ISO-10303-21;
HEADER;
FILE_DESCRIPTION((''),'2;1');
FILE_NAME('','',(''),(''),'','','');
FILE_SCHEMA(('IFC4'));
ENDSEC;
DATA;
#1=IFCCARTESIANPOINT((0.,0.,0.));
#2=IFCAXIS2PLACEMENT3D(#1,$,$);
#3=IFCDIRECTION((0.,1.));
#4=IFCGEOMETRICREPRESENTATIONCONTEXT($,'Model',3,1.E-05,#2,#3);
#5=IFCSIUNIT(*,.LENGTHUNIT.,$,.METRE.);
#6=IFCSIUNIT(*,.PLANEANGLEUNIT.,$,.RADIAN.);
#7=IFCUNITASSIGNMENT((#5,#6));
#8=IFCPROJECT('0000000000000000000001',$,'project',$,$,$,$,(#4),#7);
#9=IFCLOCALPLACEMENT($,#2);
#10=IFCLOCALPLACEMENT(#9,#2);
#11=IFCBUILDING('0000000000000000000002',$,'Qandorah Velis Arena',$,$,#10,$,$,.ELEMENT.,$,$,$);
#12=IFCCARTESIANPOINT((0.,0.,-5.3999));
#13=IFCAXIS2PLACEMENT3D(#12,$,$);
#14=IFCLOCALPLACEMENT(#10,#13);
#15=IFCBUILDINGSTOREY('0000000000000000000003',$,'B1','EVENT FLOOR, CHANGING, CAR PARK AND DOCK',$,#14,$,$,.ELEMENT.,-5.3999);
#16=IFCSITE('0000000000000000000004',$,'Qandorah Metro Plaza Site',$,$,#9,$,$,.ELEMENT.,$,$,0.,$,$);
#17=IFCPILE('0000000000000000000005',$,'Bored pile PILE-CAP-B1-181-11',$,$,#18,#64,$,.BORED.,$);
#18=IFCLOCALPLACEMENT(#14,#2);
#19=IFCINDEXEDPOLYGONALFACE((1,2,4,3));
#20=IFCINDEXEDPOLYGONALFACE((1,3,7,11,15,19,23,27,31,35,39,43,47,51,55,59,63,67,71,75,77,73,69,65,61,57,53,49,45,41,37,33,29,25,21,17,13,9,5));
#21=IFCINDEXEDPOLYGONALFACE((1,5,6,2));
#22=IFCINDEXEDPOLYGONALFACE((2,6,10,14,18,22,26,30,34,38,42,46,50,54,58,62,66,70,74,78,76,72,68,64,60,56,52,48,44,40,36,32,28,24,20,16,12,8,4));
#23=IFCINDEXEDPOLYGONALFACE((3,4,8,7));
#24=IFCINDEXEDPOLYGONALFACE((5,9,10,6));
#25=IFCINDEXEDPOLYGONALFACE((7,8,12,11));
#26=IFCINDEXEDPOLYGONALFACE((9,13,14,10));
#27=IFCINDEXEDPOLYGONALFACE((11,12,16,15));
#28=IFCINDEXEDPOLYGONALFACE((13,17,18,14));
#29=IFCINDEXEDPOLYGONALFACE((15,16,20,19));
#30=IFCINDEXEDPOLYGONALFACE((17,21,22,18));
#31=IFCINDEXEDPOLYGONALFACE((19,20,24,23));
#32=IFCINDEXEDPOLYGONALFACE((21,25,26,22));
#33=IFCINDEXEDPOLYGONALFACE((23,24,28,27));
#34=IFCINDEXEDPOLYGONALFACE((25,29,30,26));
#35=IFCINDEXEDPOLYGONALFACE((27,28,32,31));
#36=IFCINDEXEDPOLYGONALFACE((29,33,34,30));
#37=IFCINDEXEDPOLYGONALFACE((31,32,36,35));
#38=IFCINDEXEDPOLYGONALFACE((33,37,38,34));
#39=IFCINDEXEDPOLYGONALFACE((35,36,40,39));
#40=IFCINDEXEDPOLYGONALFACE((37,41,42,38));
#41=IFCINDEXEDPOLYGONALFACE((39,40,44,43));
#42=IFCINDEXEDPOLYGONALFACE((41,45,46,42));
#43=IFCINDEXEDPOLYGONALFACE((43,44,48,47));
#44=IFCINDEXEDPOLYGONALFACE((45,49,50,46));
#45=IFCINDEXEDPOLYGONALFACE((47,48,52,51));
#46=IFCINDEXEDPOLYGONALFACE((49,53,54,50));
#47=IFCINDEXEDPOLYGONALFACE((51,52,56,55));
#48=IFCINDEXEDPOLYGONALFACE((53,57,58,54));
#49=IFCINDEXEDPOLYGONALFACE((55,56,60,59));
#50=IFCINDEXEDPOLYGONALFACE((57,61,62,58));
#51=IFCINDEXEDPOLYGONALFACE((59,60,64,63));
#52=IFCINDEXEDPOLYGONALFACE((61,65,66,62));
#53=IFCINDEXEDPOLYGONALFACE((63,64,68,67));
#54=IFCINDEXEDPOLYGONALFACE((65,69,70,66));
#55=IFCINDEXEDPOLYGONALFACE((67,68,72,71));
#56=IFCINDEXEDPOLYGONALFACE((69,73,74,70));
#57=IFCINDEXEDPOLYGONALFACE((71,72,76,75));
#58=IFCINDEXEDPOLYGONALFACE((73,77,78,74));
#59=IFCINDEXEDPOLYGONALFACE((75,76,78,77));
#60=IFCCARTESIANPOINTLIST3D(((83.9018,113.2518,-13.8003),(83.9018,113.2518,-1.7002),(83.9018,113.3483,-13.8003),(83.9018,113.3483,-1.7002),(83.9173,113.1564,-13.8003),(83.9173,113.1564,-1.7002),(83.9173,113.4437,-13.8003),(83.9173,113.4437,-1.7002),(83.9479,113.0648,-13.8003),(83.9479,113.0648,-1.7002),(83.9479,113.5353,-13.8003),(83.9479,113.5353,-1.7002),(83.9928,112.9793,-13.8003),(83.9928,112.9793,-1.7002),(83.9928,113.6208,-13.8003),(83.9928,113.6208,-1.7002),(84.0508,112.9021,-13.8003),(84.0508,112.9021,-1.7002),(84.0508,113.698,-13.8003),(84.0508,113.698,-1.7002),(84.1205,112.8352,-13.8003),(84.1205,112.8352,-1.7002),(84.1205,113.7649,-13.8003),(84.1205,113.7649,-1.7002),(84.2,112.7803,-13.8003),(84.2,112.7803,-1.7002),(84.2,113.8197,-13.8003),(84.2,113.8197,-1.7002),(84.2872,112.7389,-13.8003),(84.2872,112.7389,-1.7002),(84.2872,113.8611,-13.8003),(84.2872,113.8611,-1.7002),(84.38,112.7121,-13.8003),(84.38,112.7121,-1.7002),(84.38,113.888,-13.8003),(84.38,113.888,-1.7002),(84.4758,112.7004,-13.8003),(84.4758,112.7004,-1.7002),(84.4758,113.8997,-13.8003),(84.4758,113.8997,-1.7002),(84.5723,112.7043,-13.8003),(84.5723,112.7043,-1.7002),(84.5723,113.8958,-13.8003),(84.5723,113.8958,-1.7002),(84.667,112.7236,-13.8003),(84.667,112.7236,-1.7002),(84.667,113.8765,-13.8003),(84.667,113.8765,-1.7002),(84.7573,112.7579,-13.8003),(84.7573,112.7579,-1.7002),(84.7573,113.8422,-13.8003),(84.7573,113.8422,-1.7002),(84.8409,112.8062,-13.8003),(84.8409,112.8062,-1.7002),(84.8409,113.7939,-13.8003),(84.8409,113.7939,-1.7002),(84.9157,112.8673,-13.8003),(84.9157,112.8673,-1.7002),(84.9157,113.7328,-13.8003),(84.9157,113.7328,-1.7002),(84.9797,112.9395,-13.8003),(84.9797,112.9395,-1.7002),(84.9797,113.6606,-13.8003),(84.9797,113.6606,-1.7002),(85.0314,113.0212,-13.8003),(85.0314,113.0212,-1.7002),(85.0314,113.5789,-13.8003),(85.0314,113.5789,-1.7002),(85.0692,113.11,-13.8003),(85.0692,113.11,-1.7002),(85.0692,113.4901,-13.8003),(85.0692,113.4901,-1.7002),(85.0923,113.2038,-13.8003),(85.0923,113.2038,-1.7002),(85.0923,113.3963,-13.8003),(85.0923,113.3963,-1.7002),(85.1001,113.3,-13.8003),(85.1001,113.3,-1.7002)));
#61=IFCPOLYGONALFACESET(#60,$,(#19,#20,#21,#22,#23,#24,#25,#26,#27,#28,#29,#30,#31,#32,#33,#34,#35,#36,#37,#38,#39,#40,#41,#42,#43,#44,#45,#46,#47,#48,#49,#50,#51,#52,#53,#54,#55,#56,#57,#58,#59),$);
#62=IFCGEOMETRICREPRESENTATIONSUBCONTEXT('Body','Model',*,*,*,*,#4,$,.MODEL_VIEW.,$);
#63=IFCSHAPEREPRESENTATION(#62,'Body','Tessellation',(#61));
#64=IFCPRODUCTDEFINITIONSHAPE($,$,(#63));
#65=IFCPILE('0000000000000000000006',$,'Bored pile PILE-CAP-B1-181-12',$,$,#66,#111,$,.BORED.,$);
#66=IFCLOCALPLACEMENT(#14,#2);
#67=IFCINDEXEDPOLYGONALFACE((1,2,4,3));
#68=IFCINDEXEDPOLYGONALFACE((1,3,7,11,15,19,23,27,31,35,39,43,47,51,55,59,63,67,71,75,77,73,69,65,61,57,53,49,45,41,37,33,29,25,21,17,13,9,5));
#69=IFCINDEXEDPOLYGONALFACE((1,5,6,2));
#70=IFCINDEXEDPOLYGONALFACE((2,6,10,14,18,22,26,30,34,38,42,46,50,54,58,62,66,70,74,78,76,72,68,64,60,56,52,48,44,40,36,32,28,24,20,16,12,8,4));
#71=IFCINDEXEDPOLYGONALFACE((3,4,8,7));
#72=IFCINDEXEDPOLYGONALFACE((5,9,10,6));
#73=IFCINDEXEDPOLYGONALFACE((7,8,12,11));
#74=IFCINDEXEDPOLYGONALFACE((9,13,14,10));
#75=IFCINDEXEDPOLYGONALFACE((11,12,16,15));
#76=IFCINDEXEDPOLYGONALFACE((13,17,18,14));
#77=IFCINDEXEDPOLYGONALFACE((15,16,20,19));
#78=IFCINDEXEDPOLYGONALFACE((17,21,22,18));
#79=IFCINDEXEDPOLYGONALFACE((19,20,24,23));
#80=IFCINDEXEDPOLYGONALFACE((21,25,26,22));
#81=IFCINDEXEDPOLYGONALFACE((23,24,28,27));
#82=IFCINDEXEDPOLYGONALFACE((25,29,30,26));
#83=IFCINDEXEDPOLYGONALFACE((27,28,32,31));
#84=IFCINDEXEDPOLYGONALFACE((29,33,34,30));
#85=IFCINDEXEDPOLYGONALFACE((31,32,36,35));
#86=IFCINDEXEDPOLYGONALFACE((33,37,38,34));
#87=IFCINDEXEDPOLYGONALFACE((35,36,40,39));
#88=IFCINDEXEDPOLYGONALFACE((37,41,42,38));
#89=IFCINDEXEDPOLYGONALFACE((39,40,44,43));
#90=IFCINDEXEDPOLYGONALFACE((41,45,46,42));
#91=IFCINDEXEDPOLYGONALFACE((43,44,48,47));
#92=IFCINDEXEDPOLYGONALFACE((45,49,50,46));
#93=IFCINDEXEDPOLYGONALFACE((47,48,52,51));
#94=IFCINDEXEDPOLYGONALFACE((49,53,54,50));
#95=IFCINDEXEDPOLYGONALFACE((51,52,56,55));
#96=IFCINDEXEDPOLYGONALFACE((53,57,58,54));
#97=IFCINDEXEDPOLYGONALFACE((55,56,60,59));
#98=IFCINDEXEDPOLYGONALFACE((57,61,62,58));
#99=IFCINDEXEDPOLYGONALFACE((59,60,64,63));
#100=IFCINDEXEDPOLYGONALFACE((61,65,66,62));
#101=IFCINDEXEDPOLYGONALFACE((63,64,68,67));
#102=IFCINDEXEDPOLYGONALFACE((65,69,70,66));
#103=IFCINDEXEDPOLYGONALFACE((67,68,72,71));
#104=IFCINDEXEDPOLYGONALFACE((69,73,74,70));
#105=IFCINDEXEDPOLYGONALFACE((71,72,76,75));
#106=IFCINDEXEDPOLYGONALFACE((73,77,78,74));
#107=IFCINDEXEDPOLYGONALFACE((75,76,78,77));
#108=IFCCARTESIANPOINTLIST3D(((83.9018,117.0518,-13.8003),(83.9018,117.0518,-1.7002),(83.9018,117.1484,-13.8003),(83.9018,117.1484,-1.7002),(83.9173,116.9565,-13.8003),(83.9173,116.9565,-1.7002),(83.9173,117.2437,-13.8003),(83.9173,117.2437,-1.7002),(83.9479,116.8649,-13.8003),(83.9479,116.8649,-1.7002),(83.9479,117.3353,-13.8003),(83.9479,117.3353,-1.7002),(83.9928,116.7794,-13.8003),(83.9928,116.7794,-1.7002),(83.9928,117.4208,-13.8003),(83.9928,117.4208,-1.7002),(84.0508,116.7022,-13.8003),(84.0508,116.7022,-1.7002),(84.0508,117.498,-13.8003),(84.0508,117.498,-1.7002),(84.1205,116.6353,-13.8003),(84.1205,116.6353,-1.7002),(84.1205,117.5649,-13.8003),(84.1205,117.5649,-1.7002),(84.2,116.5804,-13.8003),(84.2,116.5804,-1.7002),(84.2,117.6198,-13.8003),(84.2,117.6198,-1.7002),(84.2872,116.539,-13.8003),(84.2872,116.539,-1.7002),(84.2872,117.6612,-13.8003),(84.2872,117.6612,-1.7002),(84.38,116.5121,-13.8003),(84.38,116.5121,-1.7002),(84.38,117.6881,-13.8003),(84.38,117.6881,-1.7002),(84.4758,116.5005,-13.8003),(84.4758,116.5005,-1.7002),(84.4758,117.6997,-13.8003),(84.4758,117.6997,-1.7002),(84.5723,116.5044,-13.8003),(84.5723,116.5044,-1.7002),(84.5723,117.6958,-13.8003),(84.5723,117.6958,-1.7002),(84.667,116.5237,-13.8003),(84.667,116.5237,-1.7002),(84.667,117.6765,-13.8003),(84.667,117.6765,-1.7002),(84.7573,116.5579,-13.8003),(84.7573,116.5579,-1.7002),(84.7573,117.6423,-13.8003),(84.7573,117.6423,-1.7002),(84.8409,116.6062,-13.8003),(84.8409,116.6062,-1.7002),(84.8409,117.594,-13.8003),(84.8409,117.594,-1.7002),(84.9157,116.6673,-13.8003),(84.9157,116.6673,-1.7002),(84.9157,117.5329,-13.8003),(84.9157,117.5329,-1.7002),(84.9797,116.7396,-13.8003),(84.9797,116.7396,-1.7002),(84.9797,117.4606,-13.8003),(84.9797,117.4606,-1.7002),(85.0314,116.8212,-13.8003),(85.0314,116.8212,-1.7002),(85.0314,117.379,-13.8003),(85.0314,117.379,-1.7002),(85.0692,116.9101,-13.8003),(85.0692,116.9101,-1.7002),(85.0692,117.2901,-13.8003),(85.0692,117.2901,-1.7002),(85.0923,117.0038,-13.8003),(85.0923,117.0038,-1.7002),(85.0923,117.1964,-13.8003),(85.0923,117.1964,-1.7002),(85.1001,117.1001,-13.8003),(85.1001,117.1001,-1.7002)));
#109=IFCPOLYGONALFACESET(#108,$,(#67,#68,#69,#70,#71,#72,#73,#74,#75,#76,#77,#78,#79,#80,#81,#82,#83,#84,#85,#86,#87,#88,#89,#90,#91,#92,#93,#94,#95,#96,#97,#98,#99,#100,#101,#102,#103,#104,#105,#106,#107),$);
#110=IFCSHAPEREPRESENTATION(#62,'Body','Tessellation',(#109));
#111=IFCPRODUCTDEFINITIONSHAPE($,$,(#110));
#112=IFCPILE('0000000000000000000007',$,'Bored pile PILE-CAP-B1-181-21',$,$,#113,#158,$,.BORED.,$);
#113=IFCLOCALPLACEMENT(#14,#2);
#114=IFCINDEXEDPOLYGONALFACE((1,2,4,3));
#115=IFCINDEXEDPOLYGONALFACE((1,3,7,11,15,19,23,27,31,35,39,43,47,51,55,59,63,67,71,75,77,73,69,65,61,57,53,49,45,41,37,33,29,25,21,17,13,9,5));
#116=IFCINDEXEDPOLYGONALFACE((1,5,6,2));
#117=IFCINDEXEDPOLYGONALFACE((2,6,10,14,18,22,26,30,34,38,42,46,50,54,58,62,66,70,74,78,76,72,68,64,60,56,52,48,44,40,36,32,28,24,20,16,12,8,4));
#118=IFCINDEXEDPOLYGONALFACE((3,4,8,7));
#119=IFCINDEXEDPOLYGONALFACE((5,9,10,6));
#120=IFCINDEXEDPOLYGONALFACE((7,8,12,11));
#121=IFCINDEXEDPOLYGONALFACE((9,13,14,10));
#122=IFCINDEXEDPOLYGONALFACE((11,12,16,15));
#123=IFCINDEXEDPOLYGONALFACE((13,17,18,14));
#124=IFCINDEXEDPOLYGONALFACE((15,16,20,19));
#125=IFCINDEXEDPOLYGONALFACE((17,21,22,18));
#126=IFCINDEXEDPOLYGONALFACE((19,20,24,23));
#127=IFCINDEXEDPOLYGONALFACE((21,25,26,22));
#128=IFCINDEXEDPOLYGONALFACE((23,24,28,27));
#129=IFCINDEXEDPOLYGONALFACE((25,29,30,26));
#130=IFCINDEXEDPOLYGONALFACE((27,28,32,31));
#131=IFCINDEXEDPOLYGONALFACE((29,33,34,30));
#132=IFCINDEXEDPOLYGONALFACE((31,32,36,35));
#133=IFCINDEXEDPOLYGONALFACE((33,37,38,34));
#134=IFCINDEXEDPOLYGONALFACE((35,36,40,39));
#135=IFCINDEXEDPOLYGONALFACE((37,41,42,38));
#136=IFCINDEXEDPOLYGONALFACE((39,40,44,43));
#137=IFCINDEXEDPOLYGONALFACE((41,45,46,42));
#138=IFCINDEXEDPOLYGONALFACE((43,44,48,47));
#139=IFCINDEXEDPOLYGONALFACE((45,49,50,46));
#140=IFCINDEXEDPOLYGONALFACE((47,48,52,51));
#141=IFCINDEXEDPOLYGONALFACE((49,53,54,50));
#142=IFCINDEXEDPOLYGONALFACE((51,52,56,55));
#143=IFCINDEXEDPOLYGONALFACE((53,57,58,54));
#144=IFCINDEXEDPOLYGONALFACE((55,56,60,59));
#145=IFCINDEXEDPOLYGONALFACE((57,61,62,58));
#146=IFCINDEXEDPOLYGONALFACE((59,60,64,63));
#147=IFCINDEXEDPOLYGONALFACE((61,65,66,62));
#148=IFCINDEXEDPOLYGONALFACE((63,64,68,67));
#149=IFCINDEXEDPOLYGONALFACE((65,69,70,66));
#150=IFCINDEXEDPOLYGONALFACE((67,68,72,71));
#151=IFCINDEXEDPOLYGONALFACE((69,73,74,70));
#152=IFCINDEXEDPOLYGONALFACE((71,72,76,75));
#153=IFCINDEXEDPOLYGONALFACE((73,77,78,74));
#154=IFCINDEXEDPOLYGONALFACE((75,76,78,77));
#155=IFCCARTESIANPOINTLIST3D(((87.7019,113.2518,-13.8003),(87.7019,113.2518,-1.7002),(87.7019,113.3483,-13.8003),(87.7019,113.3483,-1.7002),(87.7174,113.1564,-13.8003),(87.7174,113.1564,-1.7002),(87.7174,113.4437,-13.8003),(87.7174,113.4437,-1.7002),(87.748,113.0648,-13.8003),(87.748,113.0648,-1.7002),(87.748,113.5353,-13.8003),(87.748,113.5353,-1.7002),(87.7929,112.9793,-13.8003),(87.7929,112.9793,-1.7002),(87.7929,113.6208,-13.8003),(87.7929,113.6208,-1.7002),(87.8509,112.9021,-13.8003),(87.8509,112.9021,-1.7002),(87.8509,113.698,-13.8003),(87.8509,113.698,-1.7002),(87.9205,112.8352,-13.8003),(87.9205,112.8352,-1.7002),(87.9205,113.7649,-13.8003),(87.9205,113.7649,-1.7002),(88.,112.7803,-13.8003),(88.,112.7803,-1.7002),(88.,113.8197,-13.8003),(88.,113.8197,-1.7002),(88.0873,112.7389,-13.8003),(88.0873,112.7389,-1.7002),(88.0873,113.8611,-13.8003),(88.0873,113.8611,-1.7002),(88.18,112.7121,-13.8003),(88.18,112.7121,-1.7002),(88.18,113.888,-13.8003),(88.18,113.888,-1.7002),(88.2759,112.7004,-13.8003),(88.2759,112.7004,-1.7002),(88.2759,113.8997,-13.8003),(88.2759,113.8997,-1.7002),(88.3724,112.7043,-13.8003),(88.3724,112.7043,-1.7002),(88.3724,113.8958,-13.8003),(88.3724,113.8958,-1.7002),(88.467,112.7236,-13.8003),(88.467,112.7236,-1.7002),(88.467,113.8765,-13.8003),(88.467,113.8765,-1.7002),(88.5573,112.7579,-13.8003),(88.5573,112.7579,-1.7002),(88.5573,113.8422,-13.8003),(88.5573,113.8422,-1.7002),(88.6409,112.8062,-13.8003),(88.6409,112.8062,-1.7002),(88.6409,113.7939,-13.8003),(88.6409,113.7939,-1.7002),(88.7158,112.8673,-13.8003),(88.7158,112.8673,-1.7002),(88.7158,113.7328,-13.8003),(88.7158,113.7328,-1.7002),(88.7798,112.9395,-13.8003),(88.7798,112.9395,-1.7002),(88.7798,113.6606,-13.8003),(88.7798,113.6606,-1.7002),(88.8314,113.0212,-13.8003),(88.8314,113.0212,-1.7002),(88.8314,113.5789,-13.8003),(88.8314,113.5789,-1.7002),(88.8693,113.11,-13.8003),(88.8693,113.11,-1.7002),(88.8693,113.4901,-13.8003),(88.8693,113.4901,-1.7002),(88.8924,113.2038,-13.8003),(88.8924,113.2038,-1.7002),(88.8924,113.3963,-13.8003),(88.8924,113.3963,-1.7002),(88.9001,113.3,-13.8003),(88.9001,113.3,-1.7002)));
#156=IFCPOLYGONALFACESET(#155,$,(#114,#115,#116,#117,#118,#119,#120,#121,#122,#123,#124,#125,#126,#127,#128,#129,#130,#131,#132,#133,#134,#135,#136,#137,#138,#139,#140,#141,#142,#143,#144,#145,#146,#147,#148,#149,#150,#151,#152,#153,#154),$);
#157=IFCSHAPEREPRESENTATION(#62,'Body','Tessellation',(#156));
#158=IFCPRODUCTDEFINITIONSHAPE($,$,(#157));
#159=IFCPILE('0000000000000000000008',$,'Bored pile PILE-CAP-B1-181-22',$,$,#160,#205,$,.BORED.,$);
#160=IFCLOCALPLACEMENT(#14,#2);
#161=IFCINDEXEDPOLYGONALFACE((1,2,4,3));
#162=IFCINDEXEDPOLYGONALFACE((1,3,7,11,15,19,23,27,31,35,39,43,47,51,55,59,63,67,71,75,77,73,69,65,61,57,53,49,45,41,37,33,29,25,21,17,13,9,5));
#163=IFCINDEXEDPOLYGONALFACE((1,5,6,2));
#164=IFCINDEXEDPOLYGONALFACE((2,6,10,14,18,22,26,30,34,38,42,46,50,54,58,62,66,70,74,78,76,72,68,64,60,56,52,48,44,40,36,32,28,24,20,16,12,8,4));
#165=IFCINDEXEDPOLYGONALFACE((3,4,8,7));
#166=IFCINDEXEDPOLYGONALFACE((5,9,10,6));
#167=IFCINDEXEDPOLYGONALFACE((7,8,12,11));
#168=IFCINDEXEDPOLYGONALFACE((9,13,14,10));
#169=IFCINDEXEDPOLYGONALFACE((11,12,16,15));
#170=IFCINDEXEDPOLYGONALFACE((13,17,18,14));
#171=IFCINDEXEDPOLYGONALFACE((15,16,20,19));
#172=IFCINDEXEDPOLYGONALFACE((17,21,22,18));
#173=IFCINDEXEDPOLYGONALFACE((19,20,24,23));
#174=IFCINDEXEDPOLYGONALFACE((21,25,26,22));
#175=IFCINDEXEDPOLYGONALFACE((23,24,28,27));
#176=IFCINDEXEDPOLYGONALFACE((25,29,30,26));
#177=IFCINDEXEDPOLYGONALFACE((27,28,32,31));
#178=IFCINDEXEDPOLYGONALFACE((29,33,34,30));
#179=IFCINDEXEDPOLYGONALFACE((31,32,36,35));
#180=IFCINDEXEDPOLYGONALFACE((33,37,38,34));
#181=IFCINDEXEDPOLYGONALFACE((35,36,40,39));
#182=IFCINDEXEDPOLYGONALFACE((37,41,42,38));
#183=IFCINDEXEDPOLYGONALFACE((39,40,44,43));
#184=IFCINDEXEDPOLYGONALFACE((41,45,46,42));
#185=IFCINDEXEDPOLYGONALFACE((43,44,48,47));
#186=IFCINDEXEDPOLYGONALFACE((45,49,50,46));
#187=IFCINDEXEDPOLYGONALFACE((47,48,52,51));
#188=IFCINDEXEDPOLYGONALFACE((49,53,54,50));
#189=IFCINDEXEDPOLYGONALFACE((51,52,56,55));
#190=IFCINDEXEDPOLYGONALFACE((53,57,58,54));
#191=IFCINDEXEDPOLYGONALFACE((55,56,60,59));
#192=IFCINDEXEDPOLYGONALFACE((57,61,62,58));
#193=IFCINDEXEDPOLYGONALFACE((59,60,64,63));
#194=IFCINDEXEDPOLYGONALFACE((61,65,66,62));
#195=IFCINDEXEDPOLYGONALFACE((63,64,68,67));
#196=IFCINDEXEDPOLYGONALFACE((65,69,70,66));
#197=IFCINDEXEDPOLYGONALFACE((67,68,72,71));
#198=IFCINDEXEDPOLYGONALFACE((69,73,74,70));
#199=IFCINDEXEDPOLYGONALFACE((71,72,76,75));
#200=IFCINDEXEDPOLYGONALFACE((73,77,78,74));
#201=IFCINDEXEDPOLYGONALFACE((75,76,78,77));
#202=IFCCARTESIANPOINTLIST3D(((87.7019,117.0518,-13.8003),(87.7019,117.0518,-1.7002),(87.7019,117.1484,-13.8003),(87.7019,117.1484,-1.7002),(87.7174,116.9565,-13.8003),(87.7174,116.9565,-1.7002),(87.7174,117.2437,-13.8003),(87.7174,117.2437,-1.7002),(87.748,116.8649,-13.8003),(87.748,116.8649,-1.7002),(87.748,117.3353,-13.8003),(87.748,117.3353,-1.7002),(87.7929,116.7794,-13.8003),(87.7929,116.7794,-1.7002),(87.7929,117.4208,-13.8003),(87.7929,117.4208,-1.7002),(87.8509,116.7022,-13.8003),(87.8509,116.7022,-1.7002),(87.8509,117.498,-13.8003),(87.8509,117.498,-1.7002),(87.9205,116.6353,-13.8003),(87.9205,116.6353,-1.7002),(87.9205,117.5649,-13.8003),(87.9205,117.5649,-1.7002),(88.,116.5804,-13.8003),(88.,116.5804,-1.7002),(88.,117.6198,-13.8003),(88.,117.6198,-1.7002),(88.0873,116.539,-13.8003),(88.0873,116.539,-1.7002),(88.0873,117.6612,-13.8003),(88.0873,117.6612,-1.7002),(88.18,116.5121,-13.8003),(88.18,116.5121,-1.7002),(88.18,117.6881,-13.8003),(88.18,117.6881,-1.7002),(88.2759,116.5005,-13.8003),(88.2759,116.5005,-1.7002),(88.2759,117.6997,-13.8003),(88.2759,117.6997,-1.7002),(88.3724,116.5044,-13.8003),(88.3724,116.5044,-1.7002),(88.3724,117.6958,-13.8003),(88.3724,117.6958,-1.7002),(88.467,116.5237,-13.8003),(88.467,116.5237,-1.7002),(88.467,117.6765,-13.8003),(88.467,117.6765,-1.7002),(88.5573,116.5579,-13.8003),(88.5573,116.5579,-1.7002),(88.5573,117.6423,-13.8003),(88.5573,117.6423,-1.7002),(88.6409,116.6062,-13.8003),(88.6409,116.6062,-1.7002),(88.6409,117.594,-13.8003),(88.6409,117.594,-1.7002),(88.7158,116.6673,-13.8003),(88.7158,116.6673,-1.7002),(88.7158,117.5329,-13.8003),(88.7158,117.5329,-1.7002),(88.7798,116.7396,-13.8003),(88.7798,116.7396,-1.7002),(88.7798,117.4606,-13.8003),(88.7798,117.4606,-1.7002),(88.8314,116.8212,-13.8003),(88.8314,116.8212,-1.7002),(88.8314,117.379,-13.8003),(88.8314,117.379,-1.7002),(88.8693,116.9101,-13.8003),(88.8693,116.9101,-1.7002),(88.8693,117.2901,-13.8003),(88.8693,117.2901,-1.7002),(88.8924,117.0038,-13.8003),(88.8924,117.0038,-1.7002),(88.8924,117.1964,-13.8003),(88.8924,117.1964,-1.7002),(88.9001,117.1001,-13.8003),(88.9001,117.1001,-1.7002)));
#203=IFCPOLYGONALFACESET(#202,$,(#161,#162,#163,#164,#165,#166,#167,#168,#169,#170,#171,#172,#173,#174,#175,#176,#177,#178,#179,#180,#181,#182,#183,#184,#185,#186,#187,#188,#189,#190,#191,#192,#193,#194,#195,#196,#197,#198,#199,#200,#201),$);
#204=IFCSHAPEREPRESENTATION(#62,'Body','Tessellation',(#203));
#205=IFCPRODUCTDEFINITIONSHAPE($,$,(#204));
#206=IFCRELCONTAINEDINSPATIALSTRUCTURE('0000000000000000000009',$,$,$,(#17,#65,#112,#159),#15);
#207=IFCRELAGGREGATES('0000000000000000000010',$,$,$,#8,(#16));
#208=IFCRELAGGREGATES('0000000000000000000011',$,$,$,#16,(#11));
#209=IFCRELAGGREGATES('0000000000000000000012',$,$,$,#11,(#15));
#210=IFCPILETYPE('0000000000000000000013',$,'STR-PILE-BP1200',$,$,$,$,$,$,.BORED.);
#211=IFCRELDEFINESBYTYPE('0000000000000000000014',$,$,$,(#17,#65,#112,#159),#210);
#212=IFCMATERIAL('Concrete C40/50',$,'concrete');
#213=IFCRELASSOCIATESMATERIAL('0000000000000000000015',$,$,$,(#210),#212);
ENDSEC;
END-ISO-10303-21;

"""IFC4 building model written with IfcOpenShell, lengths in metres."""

from ifc_helpers import new_model, si_unit, direction, frame, origin, origin_2d, place, context, subcontext, project, spatial, circle, extrude, material, material_profile, profile_set, type_object, element, save


model = new_model("IFC4")

# Units and contexts
model_context = context("Model", 3, precision=1e-05, world=origin(), true_north=direction((0.0, 1.0)))
body_context = subcontext(model_context, "Body", "Model", "MODEL_VIEW")
ifc_project = project(units=[si_unit("LENGTHUNIT", "METRE"), si_unit("PLANEANGLEUNIT", "RADIAN")], contexts=[model_context])

# Site, building, storey
site_placement = place(None, origin())
site = spatial("IfcSite", under=ifc_project, at=site_placement, Name="Qandorah Metro Plaza Site", CompositionType="ELEMENT", RefElevation=0.0)
building_placement = place(site_placement, origin())
building = spatial("IfcBuilding", under=site, at=building_placement, Name="Qandorah Velis Arena", CompositionType="ELEMENT")
storey_placement = place(building_placement, frame((0.0, 0.0, -5.3999)))
storey = spatial("IfcBuildingStorey", under=building, at=storey_placement, Name="B1", Description="EVENT FLOOR, CHANGING, CAR PARK AND DOCK", CompositionType="ELEMENT", Elevation=-5.3999)

# Shared definitions
ifc_material_1 = material(Name="Concrete C40/50", Category="concrete")

# Piles
ifc_material_profile_1 = material_profile(ifc_material_1, circle(Radius=0.6001, at=origin_2d()), Name="BORED PILE D1200")
ifc_profile_set_1 = profile_set([ifc_material_profile_1], Name="Concrete C40/50")
pile_type_1 = type_object("IfcPileType", Name="STR-PILE-BP1200", PredefinedType="BORED", material=ifc_profile_set_1)
for number, where, z_axis, x_axis, name in (
    (1, (84.5, 113.3, -1.7002), (0.0, 0.0, -1.0), (1.0, 0.0, 0.0), "Bored pile PILE-CAP-B1-181-11"),
    (2, (84.5, 117.1001, -1.7002), (0.0, 0.0, -1.0), (1.0, 0.0, 0.0), "Bored pile PILE-CAP-B1-181-12"),
    (3, (88.3, 113.3, -1.7002), (0.0, 0.0, -1.0), (1.0, 0.0, 0.0), "Bored pile PILE-CAP-B1-181-21"),
    (4, (88.3, 117.1001, -1.7002), (0.0, 0.0, -1.0), (1.0, 0.0, 0.0), "Bored pile PILE-CAP-B1-181-22"),
):
    element("IfcPile", number, at=place(storey_placement, frame(where, z_axis=z_axis, x_axis=x_axis)), inside=storey, type_object=pile_type_1, Name=name, PredefinedType="BORED", context=body_context, shape_type="SweptSolid", body=[
        extrude(circle(Radius=0.6001, at=origin_2d()), origin(), (0.0, 0.0, 1.0), 12.1001),
    ])

save(model, "model.ifc")
